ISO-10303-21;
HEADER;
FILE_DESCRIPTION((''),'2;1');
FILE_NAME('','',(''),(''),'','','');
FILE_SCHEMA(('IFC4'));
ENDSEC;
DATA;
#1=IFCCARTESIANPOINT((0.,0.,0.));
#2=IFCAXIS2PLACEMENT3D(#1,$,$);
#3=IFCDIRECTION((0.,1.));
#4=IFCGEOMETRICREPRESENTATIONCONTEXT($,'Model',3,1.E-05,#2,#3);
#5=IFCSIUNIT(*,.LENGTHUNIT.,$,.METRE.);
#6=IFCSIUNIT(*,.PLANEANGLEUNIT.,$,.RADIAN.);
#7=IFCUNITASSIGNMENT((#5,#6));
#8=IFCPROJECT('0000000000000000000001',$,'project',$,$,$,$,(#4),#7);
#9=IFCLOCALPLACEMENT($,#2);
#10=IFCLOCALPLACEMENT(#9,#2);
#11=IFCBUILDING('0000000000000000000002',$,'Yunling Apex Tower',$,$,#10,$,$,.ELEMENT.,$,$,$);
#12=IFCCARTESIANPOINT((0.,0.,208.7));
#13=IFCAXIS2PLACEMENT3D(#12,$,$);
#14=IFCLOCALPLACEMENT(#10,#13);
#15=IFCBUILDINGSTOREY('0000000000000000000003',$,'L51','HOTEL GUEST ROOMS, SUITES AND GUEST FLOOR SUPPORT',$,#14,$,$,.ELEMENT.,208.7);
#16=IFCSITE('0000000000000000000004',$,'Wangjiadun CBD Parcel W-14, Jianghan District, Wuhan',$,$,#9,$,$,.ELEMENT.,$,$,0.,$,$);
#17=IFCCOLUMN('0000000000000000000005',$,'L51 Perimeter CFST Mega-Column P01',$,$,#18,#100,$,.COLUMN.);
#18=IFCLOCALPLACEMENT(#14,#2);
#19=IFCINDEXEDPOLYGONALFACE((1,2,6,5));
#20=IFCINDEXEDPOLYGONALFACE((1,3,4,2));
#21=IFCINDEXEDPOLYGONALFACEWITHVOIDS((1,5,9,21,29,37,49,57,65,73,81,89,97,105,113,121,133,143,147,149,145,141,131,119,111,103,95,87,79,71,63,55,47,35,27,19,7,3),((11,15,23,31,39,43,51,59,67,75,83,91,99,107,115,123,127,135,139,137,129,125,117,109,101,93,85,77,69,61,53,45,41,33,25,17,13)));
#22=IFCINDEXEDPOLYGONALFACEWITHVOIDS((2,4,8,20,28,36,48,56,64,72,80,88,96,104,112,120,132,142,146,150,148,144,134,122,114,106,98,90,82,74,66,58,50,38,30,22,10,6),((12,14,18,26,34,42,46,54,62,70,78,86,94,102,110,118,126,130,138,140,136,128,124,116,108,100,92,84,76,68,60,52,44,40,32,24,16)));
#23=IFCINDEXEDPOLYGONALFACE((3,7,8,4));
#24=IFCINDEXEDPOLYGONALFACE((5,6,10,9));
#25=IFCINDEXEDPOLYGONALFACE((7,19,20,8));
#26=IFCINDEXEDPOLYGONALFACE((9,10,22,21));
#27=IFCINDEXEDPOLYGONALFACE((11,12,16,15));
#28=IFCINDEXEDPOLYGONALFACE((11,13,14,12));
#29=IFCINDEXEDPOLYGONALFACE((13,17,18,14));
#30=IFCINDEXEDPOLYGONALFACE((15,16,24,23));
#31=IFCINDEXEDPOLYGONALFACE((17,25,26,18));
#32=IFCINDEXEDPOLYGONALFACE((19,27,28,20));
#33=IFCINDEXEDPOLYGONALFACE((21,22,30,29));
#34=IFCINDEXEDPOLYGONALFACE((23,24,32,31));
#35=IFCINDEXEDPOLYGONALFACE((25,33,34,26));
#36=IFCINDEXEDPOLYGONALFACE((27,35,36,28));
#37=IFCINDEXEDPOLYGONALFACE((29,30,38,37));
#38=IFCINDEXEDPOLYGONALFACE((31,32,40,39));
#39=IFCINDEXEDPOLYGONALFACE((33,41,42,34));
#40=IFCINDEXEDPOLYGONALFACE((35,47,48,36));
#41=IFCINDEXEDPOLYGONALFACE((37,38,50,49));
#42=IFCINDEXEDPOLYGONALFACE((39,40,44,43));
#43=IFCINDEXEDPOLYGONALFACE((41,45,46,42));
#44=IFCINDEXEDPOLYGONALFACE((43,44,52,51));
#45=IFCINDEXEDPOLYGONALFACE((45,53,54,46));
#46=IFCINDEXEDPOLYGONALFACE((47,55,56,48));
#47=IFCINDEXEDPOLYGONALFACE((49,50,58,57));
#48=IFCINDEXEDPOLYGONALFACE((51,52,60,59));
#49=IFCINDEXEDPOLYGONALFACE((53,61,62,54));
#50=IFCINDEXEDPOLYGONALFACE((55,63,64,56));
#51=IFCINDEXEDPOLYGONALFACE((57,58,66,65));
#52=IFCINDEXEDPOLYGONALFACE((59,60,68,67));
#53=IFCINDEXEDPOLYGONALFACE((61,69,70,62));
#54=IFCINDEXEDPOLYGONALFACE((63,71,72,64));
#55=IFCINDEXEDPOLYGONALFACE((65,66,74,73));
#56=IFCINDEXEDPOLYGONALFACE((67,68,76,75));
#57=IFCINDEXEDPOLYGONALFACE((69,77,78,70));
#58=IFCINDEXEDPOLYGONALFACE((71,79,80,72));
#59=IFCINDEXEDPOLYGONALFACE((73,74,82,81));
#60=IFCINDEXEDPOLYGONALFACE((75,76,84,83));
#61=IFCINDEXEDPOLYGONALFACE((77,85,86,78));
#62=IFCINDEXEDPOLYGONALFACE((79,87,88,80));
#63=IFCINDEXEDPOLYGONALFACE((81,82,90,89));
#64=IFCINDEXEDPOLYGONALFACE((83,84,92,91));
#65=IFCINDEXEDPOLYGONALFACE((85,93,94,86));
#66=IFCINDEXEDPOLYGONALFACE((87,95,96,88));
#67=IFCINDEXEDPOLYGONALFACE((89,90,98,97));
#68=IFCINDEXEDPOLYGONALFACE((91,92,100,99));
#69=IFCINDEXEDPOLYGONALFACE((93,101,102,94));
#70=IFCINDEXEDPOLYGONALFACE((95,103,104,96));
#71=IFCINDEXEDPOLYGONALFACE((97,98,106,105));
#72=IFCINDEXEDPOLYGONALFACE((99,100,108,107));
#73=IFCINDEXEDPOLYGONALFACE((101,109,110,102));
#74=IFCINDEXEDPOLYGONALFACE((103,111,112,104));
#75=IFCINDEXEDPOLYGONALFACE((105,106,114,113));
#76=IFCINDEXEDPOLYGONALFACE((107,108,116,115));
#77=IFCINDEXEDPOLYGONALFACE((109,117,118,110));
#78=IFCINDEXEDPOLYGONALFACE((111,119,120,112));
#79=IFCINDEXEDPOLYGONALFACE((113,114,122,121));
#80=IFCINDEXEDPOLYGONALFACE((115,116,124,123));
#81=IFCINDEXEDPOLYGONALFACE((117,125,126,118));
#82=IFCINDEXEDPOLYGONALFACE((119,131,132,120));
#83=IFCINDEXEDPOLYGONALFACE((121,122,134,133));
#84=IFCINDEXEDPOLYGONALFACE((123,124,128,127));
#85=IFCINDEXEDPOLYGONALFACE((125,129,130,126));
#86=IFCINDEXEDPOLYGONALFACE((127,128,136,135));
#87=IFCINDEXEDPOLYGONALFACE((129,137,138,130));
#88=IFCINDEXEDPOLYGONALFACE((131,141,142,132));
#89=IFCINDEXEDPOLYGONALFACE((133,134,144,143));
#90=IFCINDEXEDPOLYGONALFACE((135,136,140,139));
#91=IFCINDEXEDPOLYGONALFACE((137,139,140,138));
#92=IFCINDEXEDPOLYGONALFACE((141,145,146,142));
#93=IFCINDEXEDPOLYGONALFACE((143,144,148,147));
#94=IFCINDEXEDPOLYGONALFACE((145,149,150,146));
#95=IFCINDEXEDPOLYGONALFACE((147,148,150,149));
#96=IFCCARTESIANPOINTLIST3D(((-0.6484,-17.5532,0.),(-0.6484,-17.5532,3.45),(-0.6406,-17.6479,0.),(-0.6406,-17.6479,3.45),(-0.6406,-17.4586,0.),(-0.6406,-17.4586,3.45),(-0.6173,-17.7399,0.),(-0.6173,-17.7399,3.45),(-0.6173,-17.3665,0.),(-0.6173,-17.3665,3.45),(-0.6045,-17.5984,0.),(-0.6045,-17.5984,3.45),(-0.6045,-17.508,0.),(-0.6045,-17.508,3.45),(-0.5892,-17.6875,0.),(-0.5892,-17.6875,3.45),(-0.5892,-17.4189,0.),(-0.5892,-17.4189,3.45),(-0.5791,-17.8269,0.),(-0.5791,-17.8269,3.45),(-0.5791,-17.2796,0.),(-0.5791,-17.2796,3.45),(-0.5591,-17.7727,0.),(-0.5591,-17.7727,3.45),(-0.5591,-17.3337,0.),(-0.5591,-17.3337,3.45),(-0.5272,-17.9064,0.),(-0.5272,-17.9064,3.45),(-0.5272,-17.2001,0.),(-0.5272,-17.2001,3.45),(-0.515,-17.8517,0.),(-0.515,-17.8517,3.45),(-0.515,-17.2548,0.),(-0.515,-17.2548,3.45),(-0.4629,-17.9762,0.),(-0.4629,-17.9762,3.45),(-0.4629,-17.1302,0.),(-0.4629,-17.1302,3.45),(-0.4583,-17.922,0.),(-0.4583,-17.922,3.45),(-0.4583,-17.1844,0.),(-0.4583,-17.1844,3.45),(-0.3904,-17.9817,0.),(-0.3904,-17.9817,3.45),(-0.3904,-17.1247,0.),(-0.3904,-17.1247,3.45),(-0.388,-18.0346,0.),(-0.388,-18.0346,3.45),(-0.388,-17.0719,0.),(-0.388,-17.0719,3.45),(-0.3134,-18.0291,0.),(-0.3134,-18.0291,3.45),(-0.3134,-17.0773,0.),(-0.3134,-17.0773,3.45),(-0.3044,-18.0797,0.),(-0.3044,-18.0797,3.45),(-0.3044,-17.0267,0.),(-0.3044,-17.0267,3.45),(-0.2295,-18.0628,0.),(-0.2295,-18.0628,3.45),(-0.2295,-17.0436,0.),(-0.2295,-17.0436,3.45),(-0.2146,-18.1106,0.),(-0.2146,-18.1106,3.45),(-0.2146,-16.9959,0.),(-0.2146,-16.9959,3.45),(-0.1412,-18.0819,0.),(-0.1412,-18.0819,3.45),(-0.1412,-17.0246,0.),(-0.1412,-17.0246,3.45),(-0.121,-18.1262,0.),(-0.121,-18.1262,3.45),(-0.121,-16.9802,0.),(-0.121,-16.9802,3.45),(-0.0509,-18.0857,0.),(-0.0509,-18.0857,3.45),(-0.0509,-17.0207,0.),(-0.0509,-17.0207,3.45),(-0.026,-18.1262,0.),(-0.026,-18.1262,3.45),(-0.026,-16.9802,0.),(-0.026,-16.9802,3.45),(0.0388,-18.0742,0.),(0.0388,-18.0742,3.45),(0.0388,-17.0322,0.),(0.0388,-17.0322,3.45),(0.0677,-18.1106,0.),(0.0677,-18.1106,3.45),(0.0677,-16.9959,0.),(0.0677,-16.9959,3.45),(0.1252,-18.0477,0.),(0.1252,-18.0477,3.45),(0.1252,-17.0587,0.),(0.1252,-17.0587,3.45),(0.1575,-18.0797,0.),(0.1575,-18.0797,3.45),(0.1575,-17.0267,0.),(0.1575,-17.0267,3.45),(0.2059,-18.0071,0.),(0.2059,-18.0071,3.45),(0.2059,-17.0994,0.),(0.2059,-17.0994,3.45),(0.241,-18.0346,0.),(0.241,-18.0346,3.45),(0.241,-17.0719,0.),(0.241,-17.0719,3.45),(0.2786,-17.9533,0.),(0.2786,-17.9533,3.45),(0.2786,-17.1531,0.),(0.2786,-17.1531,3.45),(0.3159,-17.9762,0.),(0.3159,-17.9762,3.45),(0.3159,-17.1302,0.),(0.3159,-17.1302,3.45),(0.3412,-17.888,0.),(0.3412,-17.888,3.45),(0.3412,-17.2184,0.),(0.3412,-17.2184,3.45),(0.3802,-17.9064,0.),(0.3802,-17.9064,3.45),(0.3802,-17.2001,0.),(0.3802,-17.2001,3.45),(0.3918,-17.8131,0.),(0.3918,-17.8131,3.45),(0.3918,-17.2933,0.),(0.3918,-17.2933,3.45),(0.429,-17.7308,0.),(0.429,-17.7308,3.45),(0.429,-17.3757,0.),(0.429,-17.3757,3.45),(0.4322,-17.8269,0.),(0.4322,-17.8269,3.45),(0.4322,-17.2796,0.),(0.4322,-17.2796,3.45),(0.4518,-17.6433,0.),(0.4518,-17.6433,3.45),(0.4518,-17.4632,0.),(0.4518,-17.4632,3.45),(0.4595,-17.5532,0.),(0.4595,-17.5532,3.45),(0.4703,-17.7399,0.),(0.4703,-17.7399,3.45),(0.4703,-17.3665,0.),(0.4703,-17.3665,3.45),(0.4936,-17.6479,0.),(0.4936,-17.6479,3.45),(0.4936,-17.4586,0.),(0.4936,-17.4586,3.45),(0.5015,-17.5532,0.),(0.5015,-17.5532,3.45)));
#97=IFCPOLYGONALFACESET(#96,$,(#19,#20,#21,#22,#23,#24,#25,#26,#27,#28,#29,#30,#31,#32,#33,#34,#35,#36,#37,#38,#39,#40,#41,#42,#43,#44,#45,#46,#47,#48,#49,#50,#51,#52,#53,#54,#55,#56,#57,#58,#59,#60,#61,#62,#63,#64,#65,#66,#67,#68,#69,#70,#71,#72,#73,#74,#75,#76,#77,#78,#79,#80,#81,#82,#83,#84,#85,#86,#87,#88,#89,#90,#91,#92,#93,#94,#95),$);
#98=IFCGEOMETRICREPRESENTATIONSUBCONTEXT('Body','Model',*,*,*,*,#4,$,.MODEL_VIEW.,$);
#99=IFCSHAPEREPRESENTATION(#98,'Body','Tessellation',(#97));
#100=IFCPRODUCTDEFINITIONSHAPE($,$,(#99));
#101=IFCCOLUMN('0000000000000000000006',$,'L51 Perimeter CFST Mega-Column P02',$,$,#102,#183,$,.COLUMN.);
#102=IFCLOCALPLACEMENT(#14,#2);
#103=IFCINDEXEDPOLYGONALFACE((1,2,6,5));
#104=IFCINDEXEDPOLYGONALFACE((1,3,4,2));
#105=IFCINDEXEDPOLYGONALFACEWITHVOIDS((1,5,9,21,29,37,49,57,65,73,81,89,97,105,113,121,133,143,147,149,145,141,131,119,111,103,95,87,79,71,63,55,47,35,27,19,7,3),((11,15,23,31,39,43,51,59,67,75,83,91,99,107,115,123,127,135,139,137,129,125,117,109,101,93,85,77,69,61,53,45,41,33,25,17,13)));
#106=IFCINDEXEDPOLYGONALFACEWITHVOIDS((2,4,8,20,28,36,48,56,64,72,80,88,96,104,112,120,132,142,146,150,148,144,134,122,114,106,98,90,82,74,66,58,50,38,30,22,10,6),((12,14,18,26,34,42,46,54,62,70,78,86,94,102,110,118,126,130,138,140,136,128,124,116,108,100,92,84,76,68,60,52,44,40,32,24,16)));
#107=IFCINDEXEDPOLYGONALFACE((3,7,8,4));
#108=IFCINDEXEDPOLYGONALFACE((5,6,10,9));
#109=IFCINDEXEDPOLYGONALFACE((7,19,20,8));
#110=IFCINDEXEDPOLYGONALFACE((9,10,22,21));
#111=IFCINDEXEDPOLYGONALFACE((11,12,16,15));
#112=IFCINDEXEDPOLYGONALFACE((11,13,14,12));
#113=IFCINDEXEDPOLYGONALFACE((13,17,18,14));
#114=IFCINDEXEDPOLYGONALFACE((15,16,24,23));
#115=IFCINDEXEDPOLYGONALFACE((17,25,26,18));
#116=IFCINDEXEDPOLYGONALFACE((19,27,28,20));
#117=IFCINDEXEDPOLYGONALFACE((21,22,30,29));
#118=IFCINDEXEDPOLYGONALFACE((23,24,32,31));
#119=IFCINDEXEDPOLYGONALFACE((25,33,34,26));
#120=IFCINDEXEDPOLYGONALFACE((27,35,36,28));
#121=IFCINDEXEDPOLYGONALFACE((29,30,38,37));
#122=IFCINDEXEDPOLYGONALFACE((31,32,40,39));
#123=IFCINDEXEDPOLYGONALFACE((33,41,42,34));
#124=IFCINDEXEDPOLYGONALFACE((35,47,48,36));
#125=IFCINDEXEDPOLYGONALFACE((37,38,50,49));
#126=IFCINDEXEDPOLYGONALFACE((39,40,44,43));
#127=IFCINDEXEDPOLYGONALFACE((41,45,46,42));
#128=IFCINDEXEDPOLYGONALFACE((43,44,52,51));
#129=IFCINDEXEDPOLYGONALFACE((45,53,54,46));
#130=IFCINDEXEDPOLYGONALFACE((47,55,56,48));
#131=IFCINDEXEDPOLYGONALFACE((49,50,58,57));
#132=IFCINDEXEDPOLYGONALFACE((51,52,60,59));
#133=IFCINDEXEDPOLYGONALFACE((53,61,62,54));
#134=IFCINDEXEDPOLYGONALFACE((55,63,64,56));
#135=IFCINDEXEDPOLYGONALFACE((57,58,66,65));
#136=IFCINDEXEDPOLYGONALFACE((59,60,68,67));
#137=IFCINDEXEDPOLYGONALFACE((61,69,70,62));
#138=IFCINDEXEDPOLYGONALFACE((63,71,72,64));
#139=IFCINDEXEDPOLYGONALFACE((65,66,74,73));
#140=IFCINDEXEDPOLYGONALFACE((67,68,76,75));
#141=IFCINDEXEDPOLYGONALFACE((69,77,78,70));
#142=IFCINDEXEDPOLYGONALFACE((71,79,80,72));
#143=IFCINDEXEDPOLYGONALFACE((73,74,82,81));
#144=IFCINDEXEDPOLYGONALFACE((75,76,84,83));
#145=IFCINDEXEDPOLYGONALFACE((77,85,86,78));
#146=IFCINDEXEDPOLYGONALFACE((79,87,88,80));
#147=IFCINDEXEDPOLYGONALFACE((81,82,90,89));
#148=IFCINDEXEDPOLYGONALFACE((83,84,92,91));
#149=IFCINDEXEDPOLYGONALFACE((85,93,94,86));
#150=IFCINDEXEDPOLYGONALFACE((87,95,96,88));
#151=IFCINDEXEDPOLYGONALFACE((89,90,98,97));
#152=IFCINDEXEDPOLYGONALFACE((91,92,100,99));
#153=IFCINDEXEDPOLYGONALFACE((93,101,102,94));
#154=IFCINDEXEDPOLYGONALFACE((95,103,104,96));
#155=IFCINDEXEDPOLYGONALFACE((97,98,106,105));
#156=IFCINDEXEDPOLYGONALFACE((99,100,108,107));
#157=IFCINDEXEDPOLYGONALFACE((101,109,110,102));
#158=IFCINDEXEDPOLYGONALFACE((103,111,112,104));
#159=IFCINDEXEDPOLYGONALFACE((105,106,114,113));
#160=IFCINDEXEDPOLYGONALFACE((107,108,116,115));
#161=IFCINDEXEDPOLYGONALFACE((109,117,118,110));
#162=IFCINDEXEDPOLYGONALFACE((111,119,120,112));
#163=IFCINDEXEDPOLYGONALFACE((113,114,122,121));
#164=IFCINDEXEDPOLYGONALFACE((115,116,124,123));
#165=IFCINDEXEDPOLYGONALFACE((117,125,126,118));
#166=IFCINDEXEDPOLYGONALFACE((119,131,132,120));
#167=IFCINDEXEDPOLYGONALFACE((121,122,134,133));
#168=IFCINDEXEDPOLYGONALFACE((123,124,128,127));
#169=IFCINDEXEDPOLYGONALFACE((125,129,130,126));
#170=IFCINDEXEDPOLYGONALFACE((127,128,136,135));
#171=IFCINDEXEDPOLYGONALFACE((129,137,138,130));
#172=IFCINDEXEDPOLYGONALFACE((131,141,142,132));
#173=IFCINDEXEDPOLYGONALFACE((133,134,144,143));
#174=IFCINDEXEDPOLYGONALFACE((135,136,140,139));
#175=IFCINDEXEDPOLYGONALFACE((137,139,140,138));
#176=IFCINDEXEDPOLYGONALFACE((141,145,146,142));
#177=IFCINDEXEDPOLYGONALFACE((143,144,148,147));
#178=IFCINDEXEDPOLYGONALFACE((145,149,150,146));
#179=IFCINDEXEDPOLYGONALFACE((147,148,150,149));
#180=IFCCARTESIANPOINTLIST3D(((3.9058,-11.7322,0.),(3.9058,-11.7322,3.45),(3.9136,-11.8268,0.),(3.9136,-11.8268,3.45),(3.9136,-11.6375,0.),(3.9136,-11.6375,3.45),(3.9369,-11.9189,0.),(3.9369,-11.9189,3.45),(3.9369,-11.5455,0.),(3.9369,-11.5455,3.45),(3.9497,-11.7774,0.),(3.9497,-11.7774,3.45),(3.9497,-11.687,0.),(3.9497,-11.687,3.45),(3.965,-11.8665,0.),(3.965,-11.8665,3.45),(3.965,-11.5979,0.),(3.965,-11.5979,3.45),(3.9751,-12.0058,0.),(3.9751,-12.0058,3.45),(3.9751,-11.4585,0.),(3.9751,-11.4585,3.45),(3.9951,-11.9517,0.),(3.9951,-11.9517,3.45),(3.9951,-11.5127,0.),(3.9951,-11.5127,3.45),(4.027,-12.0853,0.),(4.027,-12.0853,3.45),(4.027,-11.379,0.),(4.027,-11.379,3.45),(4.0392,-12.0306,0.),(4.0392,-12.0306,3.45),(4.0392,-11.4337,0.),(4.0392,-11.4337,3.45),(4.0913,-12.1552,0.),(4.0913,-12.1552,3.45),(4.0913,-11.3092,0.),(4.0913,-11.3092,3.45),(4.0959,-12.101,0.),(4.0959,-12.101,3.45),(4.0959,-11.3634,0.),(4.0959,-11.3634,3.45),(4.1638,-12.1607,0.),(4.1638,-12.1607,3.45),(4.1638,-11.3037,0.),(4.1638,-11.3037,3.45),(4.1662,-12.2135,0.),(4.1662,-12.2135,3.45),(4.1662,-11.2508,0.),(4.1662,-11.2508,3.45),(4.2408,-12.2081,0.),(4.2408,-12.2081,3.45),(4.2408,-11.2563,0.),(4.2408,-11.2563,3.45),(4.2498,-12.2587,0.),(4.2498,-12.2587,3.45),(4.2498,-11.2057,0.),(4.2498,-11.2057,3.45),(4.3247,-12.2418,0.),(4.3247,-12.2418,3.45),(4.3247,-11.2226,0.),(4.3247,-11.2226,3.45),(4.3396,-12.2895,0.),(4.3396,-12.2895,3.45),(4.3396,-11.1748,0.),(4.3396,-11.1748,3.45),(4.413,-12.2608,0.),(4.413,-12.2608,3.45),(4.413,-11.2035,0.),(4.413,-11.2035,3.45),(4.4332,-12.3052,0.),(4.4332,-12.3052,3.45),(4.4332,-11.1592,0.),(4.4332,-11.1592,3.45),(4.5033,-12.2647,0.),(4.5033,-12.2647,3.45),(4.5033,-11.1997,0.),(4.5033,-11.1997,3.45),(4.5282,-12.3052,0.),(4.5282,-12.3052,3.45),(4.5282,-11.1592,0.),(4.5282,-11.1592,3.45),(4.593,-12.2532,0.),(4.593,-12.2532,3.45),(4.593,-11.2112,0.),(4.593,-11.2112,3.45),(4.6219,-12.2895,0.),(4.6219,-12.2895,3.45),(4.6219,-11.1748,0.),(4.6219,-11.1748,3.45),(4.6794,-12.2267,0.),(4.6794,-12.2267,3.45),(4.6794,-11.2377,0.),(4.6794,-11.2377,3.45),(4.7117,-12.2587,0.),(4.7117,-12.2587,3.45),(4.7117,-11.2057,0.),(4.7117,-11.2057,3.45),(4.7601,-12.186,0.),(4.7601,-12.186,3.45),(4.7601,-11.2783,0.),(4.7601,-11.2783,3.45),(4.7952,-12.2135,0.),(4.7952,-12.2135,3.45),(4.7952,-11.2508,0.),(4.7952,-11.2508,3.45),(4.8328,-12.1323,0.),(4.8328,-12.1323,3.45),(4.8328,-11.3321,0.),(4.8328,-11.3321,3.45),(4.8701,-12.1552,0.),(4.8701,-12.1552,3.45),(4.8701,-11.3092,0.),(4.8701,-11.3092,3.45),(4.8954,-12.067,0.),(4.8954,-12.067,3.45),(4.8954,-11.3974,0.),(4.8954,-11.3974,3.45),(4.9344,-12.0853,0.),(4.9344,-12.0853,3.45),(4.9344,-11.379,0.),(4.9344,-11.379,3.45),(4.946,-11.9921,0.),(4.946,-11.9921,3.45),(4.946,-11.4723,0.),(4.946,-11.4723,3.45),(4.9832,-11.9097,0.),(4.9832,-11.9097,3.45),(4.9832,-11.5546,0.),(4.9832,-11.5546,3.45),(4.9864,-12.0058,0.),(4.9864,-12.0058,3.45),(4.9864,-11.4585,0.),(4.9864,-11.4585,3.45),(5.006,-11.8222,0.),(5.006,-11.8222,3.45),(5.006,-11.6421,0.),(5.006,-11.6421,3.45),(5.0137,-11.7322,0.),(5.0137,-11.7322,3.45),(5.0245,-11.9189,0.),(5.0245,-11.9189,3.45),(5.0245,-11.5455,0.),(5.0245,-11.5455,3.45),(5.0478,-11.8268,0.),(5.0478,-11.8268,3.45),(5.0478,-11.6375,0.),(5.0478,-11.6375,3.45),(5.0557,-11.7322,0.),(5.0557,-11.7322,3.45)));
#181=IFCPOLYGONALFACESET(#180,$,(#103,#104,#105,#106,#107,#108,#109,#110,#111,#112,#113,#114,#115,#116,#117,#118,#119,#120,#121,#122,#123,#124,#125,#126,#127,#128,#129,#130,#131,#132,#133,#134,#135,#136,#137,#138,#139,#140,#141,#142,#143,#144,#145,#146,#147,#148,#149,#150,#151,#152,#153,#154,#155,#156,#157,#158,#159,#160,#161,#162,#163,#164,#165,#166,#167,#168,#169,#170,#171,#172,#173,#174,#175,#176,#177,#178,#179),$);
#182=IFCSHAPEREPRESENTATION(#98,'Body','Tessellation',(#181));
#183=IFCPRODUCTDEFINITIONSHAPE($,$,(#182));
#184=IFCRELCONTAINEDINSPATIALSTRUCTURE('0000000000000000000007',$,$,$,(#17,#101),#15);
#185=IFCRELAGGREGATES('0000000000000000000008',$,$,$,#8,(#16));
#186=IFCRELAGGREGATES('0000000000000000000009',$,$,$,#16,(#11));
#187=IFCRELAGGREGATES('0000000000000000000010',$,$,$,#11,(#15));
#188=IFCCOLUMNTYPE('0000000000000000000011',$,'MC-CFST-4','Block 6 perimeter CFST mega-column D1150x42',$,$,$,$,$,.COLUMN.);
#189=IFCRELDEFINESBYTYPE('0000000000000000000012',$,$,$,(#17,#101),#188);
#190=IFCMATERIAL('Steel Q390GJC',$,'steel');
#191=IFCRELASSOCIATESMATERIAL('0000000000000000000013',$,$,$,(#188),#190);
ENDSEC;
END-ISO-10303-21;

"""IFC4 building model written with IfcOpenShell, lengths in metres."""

from ifc_helpers import new_model, si_unit, direction, frame, origin, origin_2d, place, context, subcontext, project, spatial, hollow_circle, extrude, source, transform, mapped, material, material_profile, profile_set, type_object, element, save


model = new_model("IFC4")

# Units and contexts
model_context = context("Model", 3, precision=1e-05, world=origin(), true_north=direction((0.0, 1.0)))
body_context = subcontext(model_context, "Body", "Model", "MODEL_VIEW")
ifc_project = project(units=[si_unit("LENGTHUNIT", "METRE"), si_unit("PLANEANGLEUNIT", "RADIAN")], contexts=[model_context])

# Site, building, storey
site_placement = place(None, origin())
site = spatial("IfcSite", under=ifc_project, at=site_placement, Name="Wangjiadun CBD Parcel W-14, Jianghan District, Wuhan", CompositionType="ELEMENT", RefElevation=0.0)
building_placement = place(site_placement, origin())
building = spatial("IfcBuilding", under=site, at=building_placement, Name="Yunling Apex Tower", CompositionType="ELEMENT")
storey_placement = place(building_placement, frame((0.0, 0.0, 208.7)))
storey = spatial("IfcBuildingStorey", under=building, at=storey_placement, Name="L51", Description="HOTEL GUEST ROOMS, SUITES AND GUEST FLOOR SUPPORT", CompositionType="ELEMENT", Elevation=208.7)

# Columns
ifc_material_1 = material(Name="Steel Q390GJC", Category="steel")
ifc_material_profile_1 = material_profile(ifc_material_1, hollow_circle(Radius=0.575, WallThickness=0.042, at=origin_2d()))
ifc_profile_set_1 = profile_set([ifc_material_profile_1], Name="Steel Q390GJC")
column_type = type_object("IfcColumnType", Name="MC-CFST-4", Description="Block 6 perimeter CFST mega-column D1150x42", PredefinedType="COLUMN", material=ifc_profile_set_1)
shared_shape_1 = source(origin(), body_context, "Body", "SweptSolid", [
    extrude(hollow_circle(Radius=0.575, WallThickness=0.042, at=origin_2d()), origin(), (0.0, 0.0, 1.0), 3.45),
])
for number, where, z_axis, x_axis, name in (
    (1, (-0.0735, -17.5532, 0.0), (0.0, 0.0, 1.0), (1.0, 0.0, 0.0), "L51 Perimeter CFST Mega-Column P01"),
    (2, (4.4807, -11.7322, 0.0), (0.0, 0.0, 1.0), (1.0, 0.0, 0.0), "L51 Perimeter CFST Mega-Column P02"),
):
    element("IfcColumn", number, at=place(storey_placement, frame(where, z_axis=z_axis, x_axis=x_axis)), inside=storey, type_object=column_type, Name=name, PredefinedType="COLUMN", context=body_context, shape_type="MappedRepresentation", body=[
        mapped(shared_shape_1, transform((0.0, 0.0, 0.0), scale=1.0)),
    ])

save(model, "model.ifc")
